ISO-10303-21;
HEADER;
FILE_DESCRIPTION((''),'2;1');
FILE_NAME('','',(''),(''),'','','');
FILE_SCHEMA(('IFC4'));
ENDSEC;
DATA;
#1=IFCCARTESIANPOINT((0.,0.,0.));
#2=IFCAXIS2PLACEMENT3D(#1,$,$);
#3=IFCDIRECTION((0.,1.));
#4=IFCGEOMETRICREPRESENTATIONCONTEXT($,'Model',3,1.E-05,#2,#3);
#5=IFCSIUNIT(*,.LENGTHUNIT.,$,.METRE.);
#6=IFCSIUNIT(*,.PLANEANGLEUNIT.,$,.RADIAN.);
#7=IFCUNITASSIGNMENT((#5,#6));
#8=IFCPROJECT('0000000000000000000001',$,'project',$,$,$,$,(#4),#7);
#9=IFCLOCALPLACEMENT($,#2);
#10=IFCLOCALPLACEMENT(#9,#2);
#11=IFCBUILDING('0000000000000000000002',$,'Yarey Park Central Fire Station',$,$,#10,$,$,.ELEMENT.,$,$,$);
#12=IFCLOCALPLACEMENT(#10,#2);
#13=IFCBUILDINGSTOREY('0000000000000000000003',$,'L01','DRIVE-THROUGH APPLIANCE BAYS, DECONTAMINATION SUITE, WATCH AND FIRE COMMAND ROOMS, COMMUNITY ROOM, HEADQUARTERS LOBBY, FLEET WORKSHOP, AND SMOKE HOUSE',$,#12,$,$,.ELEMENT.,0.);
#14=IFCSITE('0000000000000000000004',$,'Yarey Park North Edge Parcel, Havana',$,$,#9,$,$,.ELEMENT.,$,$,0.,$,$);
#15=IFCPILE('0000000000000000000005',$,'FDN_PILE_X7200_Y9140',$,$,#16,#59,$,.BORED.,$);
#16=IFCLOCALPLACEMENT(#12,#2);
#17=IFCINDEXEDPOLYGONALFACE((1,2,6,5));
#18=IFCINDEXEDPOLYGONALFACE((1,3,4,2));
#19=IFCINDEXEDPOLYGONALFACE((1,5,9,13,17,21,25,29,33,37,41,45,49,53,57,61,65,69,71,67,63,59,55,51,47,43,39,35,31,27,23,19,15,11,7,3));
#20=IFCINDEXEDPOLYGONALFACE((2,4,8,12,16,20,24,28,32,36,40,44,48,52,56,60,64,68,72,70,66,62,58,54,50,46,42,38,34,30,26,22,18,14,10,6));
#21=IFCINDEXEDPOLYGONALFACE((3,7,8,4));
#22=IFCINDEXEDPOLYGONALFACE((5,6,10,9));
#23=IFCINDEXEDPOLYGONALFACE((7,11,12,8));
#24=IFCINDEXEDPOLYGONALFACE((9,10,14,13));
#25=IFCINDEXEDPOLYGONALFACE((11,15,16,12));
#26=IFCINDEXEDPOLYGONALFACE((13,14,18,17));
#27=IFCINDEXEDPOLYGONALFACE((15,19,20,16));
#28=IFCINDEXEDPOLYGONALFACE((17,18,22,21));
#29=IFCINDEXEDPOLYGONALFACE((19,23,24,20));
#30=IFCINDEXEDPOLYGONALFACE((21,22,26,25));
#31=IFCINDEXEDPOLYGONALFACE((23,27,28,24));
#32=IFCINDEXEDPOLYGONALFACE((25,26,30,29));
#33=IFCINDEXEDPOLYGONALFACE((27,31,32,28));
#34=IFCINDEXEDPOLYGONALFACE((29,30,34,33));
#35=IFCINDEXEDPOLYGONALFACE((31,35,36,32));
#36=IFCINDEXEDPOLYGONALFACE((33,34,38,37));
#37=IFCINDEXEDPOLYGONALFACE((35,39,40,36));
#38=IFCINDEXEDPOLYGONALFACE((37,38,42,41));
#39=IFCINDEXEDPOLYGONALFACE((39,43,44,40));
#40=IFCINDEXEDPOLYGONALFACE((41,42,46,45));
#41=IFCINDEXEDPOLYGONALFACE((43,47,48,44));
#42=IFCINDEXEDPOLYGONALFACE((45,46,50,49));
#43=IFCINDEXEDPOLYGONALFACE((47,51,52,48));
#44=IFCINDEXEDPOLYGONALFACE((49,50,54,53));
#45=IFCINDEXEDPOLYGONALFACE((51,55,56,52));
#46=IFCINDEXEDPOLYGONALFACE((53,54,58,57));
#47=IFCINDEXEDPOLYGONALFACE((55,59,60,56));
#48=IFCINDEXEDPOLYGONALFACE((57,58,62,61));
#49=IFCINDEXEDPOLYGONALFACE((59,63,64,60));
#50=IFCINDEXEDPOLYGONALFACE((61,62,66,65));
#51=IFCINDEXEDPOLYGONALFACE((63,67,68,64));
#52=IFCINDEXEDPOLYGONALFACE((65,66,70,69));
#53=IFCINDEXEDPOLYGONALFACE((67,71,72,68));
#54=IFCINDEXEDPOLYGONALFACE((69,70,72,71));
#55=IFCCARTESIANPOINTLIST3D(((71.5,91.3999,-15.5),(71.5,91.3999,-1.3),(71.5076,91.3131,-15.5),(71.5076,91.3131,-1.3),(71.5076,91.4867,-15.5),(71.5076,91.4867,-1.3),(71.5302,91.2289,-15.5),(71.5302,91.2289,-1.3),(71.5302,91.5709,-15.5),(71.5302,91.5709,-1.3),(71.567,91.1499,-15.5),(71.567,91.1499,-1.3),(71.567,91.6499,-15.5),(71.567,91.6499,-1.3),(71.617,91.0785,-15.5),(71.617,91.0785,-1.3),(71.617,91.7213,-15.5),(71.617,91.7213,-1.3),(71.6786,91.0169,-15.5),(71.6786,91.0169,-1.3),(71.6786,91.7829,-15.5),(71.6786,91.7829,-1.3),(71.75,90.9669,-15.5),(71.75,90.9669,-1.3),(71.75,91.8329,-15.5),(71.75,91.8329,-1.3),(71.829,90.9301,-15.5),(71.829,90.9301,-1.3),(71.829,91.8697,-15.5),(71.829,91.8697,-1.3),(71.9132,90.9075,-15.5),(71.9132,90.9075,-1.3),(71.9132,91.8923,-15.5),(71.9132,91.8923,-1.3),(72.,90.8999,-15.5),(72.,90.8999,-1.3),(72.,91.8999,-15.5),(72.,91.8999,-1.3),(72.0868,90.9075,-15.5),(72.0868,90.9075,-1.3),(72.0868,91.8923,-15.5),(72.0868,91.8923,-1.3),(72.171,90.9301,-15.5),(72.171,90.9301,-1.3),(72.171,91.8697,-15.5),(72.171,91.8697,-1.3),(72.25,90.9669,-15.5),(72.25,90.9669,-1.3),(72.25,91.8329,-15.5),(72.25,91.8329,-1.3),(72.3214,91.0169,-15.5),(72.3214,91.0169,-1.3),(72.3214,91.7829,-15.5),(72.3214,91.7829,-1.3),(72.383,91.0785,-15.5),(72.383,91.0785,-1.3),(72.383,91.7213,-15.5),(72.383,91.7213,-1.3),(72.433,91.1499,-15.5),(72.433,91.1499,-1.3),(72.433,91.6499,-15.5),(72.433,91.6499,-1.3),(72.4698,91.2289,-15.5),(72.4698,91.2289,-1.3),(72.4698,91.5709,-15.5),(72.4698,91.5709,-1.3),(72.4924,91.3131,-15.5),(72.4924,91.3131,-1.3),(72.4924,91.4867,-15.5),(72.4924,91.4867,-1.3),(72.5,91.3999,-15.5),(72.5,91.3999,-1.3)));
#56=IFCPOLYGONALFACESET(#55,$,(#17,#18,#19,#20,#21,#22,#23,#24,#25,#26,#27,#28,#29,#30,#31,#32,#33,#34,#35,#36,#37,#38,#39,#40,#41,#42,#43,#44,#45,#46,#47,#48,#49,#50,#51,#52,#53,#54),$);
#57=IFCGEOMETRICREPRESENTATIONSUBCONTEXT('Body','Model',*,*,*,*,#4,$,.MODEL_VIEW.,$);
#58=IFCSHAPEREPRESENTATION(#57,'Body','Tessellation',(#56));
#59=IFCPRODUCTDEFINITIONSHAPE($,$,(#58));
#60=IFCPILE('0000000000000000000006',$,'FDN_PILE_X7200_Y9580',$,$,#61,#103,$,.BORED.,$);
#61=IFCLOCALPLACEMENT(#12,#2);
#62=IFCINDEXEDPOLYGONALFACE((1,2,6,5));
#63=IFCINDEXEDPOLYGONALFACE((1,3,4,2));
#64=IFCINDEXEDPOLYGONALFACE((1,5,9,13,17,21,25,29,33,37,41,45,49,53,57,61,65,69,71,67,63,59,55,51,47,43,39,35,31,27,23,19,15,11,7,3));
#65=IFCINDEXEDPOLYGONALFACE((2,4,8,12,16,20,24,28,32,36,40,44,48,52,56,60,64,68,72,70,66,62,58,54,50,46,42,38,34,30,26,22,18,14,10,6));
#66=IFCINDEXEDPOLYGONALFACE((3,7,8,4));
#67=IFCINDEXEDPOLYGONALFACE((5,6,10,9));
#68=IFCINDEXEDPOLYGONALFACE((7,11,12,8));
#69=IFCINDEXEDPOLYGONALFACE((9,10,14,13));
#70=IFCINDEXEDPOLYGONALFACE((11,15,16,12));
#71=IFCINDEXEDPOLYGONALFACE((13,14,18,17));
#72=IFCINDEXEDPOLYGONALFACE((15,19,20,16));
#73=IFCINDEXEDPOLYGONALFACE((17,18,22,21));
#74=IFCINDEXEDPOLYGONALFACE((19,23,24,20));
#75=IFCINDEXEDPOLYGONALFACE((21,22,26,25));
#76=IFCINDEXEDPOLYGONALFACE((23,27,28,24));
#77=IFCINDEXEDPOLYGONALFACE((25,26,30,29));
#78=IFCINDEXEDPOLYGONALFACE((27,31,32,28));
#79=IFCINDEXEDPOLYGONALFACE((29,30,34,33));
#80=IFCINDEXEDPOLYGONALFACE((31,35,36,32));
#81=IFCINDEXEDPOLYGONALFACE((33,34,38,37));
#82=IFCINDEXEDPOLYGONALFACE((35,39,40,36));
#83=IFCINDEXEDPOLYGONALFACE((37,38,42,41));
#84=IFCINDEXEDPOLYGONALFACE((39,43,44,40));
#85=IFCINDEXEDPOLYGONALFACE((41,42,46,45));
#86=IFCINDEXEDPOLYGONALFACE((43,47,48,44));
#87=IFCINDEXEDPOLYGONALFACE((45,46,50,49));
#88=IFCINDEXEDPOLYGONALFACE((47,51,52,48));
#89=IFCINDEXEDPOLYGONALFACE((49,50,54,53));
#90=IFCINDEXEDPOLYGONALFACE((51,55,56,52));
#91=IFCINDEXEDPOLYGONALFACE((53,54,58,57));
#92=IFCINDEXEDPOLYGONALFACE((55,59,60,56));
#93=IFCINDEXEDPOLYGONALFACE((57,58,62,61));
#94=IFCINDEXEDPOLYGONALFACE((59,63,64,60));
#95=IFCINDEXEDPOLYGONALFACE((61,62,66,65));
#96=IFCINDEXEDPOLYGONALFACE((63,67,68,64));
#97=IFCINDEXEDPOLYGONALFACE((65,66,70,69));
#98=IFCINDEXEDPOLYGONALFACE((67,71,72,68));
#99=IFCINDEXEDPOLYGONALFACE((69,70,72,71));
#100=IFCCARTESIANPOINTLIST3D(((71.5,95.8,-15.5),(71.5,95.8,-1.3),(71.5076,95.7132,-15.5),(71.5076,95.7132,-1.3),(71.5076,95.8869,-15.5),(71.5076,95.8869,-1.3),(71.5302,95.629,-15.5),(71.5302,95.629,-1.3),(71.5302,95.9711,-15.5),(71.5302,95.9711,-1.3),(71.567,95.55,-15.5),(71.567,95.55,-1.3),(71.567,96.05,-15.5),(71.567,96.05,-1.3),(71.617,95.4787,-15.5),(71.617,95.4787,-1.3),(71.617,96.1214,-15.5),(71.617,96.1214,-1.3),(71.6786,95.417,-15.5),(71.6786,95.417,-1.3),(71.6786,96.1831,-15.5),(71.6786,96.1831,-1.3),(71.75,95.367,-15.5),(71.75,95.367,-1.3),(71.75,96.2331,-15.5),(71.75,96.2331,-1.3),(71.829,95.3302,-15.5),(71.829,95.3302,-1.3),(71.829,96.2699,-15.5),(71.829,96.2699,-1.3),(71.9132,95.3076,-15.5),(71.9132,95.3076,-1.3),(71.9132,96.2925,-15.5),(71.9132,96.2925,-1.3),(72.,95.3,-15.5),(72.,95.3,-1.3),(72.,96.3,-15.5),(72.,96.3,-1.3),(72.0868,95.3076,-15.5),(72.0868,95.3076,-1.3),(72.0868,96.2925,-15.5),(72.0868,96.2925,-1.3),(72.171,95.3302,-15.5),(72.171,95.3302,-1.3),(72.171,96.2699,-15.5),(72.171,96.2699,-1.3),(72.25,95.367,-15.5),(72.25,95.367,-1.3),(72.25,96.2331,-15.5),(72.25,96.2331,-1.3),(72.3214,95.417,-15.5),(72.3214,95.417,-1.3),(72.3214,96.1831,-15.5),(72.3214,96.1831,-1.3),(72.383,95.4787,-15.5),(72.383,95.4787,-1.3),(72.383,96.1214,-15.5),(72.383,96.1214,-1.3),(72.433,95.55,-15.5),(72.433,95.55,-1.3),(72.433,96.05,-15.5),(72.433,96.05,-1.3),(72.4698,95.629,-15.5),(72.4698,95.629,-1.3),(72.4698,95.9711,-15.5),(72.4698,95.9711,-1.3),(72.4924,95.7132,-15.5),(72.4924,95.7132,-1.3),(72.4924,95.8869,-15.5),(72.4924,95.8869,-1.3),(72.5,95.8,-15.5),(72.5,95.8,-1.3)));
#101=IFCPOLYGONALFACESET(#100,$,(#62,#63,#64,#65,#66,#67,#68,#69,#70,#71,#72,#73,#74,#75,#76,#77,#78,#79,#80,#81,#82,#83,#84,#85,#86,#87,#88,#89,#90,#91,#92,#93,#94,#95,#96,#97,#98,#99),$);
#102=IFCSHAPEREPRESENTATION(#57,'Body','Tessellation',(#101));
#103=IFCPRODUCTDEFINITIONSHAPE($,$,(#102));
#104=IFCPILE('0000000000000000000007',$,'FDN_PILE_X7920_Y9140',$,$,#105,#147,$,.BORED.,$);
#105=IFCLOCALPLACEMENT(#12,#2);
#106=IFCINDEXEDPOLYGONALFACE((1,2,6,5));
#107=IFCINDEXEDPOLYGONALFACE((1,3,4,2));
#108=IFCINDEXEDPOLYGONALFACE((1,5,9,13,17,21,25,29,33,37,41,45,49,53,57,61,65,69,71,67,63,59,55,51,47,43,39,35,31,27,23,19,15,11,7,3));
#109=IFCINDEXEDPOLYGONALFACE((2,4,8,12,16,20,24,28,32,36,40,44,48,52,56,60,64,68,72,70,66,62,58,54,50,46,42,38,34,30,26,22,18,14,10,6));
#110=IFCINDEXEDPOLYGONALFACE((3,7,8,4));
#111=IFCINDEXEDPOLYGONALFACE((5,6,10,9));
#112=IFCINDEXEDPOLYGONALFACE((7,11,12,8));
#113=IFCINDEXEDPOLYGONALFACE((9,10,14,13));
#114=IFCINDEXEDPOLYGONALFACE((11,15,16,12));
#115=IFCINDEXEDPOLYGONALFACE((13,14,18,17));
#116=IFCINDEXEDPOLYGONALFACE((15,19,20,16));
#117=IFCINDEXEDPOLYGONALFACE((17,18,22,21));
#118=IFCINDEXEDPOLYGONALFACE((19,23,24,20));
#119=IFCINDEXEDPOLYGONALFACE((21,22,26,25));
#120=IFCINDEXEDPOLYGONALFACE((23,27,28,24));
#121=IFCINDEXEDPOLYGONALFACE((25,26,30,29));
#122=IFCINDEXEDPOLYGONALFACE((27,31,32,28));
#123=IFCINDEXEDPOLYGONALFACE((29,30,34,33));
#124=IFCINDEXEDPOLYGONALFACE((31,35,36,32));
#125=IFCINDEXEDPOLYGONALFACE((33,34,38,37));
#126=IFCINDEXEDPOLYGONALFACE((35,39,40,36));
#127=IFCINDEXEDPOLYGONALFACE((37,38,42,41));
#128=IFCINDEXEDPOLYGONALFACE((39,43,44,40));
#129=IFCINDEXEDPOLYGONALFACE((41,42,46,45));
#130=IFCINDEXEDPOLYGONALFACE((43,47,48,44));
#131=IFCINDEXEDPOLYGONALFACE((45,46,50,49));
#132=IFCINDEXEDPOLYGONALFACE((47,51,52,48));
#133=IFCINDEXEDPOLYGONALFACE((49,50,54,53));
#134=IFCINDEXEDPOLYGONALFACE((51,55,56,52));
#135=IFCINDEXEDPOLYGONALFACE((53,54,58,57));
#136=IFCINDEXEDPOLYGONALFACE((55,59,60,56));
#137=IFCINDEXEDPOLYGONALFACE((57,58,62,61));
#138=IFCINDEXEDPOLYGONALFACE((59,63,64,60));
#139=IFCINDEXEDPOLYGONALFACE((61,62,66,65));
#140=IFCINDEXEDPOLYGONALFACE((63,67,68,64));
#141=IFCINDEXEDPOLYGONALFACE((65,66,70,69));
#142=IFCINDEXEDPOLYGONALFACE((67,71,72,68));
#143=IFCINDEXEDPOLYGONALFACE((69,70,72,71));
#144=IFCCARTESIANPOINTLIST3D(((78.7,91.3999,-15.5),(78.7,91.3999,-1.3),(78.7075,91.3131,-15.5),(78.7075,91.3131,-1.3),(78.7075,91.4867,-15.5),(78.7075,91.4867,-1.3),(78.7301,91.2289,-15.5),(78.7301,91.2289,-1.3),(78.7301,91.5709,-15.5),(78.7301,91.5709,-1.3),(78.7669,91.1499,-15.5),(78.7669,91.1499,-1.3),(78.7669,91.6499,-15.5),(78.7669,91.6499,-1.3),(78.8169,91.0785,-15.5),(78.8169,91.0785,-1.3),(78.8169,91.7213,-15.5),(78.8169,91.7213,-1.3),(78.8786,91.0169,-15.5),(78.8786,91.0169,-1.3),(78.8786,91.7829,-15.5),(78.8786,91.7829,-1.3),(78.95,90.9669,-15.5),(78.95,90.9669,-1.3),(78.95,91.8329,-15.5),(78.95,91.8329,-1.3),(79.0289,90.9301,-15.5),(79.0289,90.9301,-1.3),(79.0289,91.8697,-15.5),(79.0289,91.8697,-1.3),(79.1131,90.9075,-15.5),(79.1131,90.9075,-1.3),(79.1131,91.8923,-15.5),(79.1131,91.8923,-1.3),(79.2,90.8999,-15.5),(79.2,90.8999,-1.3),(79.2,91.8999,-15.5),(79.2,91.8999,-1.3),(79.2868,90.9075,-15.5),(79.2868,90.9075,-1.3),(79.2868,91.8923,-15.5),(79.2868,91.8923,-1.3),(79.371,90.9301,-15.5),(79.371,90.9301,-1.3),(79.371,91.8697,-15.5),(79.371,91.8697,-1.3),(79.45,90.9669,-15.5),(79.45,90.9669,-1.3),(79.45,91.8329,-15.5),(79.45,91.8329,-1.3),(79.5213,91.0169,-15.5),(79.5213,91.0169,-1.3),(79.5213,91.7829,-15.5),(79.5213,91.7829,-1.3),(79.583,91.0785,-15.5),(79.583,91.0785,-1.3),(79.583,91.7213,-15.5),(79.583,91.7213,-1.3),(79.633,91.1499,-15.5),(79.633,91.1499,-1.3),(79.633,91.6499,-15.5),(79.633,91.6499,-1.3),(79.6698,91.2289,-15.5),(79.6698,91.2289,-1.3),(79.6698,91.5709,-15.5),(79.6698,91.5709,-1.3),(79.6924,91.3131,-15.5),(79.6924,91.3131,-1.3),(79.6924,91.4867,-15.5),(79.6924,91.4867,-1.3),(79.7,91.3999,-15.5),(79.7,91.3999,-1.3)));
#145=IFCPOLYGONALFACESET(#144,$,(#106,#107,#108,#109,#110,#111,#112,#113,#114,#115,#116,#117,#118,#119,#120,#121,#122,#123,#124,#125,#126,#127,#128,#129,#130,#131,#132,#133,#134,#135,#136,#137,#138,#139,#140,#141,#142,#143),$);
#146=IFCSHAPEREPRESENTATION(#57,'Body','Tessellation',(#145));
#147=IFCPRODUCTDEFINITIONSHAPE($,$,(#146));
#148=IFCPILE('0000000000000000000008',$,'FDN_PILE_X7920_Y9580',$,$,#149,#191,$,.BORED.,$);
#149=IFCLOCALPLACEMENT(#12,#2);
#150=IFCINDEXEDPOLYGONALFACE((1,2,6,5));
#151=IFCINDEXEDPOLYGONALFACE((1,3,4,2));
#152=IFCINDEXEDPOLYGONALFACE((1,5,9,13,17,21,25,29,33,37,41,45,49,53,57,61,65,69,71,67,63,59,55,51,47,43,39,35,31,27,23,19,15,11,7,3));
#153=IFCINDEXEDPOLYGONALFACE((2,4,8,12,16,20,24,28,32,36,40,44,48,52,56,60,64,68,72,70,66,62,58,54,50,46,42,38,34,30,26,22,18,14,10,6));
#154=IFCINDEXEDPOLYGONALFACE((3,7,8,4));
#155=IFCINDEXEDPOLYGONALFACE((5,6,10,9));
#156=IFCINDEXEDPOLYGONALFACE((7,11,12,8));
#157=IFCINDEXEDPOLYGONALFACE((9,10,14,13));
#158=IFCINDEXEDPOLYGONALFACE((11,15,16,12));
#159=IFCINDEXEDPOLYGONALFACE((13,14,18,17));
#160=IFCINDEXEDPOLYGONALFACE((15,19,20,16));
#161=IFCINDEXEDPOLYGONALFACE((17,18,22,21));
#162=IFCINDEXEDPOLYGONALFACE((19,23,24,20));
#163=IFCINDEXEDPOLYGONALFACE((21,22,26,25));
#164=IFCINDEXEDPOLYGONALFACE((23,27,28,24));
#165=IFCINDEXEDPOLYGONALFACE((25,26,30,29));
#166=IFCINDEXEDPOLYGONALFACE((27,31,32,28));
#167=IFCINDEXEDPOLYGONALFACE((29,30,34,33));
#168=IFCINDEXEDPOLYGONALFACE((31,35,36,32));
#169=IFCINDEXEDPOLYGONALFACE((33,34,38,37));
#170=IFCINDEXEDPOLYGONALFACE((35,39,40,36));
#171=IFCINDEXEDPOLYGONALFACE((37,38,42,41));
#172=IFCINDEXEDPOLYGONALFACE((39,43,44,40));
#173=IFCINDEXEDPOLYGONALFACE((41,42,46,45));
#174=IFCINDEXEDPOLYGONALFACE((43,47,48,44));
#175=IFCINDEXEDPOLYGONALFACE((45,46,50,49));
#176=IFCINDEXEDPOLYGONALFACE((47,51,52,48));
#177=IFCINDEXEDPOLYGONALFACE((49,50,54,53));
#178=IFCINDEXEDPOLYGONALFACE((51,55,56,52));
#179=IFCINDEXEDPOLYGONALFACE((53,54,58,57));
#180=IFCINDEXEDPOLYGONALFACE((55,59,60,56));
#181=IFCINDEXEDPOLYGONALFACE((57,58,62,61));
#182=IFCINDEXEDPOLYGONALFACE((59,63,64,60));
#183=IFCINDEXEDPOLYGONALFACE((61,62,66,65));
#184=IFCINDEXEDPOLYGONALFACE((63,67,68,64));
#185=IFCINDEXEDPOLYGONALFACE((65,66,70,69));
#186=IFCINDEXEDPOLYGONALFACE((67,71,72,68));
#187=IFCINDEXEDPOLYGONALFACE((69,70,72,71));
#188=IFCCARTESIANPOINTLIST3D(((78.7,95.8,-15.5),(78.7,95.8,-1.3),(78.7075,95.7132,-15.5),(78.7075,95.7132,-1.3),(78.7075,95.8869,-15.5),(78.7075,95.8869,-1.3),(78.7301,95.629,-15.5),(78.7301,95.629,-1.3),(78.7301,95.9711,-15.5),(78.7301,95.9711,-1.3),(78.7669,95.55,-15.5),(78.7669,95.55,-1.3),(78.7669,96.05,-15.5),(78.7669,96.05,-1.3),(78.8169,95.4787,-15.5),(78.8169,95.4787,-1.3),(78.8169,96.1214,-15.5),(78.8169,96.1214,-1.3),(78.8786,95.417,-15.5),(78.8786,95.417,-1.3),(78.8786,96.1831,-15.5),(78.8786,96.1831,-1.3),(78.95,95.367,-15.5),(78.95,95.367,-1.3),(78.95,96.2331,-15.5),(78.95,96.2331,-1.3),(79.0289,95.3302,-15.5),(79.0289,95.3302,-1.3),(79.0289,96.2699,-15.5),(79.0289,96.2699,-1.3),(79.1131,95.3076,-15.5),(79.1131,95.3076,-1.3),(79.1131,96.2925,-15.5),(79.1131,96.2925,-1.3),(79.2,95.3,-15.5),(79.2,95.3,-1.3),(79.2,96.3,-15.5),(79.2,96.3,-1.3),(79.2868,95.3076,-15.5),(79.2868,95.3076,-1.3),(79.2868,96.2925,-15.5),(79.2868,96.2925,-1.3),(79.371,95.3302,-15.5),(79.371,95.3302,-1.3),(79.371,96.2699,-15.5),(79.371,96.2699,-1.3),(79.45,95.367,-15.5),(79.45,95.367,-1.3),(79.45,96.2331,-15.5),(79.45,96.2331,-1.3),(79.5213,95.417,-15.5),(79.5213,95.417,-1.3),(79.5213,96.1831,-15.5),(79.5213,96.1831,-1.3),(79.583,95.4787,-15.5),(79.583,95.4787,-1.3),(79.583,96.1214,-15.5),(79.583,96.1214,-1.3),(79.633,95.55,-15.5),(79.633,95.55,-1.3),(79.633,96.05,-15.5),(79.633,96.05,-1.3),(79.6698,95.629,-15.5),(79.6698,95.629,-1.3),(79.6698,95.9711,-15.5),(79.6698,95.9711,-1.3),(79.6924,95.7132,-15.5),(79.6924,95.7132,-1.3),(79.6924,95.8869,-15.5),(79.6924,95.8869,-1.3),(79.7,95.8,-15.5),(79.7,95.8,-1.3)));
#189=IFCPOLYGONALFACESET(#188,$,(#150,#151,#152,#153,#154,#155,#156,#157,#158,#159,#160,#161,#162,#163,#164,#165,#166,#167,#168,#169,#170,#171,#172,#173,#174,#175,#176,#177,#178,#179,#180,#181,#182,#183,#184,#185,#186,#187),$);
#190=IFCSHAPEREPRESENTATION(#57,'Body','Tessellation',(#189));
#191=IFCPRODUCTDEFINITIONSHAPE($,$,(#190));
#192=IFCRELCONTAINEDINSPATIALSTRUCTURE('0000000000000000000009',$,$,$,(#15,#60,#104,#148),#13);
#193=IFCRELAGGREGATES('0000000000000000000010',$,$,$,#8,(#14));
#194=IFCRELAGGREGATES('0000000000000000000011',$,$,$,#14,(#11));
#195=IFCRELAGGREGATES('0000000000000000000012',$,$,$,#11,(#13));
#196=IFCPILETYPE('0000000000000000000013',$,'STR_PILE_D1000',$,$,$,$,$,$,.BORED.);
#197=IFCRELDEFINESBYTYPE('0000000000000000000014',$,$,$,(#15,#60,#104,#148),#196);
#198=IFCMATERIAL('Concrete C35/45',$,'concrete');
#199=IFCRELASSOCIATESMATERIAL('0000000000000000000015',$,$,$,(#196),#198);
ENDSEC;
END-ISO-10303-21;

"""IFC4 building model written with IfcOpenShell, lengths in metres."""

from ifc_helpers import new_model, si_unit, direction, frame, origin, origin_2d, place, context, subcontext, project, spatial, circle, extrude, material, material_profile, profile_set, type_object, element, save


model = new_model("IFC4")

# Units and contexts
model_context = context("Model", 3, precision=1e-05, world=origin(), true_north=direction((0.0, 1.0)))
body_context = subcontext(model_context, "Body", "Model", "MODEL_VIEW")
ifc_project = project(units=[si_unit("LENGTHUNIT", "METRE"), si_unit("PLANEANGLEUNIT", "RADIAN")], contexts=[model_context])

# Site, building, storey
site_placement = place(None, origin())
site = spatial("IfcSite", under=ifc_project, at=site_placement, Name="Yarey Park North Edge Parcel, Havana", CompositionType="ELEMENT", RefElevation=0.0)
building_placement = place(site_placement, origin())
building = spatial("IfcBuilding", under=site, at=building_placement, Name="Yarey Park Central Fire Station", CompositionType="ELEMENT")
storey_placement = place(building_placement, origin())
storey = spatial("IfcBuildingStorey", under=building, at=storey_placement, Name="L01", Description="DRIVE-THROUGH APPLIANCE BAYS, DECONTAMINATION SUITE, WATCH AND FIRE COMMAND ROOMS, COMMUNITY ROOM, HEADQUARTERS LOBBY, FLEET WORKSHOP, AND SMOKE HOUSE", CompositionType="ELEMENT", Elevation=0.0)

# Shared definitions
ifc_material_1 = material(Name="Concrete C35/45", Category="concrete")

# Piles
ifc_material_profile_1 = material_profile(ifc_material_1, circle(Radius=0.5, at=origin_2d()), Name="BORED PILE D1000")
ifc_profile_set_1 = profile_set([ifc_material_profile_1], Name="Concrete C35/45")
pile_type_1 = type_object("IfcPileType", Name="STR_PILE_D1000", PredefinedType="BORED", material=ifc_profile_set_1)
for number, where, z_axis, x_axis, name in (
    (1, (72.0, 91.3999, -1.3), (0.0, 0.0, -1.0), (1.0, 0.0, 0.0), "FDN_PILE_X7200_Y9140"),
    (2, (72.0, 95.8, -1.3), (0.0, 0.0, -1.0), (1.0, 0.0, 0.0), "FDN_PILE_X7200_Y9580"),
    (3, (79.2, 91.3999, -1.3), (0.0, 0.0, -1.0), (1.0, 0.0, 0.0), "FDN_PILE_X7920_Y9140"),
    (4, (79.2, 95.8, -1.3), (0.0, 0.0, -1.0), (1.0, 0.0, 0.0), "FDN_PILE_X7920_Y9580"),
):
    element("IfcPile", number, at=place(storey_placement, frame(where, z_axis=z_axis, x_axis=x_axis)), inside=storey, type_object=pile_type_1, Name=name, PredefinedType="BORED", context=body_context, shape_type="SweptSolid", body=[
        extrude(circle(Radius=0.5, at=origin_2d()), origin(), (0.0, 0.0, 1.0), 14.2),
    ])

save(model, "model.ifc")
